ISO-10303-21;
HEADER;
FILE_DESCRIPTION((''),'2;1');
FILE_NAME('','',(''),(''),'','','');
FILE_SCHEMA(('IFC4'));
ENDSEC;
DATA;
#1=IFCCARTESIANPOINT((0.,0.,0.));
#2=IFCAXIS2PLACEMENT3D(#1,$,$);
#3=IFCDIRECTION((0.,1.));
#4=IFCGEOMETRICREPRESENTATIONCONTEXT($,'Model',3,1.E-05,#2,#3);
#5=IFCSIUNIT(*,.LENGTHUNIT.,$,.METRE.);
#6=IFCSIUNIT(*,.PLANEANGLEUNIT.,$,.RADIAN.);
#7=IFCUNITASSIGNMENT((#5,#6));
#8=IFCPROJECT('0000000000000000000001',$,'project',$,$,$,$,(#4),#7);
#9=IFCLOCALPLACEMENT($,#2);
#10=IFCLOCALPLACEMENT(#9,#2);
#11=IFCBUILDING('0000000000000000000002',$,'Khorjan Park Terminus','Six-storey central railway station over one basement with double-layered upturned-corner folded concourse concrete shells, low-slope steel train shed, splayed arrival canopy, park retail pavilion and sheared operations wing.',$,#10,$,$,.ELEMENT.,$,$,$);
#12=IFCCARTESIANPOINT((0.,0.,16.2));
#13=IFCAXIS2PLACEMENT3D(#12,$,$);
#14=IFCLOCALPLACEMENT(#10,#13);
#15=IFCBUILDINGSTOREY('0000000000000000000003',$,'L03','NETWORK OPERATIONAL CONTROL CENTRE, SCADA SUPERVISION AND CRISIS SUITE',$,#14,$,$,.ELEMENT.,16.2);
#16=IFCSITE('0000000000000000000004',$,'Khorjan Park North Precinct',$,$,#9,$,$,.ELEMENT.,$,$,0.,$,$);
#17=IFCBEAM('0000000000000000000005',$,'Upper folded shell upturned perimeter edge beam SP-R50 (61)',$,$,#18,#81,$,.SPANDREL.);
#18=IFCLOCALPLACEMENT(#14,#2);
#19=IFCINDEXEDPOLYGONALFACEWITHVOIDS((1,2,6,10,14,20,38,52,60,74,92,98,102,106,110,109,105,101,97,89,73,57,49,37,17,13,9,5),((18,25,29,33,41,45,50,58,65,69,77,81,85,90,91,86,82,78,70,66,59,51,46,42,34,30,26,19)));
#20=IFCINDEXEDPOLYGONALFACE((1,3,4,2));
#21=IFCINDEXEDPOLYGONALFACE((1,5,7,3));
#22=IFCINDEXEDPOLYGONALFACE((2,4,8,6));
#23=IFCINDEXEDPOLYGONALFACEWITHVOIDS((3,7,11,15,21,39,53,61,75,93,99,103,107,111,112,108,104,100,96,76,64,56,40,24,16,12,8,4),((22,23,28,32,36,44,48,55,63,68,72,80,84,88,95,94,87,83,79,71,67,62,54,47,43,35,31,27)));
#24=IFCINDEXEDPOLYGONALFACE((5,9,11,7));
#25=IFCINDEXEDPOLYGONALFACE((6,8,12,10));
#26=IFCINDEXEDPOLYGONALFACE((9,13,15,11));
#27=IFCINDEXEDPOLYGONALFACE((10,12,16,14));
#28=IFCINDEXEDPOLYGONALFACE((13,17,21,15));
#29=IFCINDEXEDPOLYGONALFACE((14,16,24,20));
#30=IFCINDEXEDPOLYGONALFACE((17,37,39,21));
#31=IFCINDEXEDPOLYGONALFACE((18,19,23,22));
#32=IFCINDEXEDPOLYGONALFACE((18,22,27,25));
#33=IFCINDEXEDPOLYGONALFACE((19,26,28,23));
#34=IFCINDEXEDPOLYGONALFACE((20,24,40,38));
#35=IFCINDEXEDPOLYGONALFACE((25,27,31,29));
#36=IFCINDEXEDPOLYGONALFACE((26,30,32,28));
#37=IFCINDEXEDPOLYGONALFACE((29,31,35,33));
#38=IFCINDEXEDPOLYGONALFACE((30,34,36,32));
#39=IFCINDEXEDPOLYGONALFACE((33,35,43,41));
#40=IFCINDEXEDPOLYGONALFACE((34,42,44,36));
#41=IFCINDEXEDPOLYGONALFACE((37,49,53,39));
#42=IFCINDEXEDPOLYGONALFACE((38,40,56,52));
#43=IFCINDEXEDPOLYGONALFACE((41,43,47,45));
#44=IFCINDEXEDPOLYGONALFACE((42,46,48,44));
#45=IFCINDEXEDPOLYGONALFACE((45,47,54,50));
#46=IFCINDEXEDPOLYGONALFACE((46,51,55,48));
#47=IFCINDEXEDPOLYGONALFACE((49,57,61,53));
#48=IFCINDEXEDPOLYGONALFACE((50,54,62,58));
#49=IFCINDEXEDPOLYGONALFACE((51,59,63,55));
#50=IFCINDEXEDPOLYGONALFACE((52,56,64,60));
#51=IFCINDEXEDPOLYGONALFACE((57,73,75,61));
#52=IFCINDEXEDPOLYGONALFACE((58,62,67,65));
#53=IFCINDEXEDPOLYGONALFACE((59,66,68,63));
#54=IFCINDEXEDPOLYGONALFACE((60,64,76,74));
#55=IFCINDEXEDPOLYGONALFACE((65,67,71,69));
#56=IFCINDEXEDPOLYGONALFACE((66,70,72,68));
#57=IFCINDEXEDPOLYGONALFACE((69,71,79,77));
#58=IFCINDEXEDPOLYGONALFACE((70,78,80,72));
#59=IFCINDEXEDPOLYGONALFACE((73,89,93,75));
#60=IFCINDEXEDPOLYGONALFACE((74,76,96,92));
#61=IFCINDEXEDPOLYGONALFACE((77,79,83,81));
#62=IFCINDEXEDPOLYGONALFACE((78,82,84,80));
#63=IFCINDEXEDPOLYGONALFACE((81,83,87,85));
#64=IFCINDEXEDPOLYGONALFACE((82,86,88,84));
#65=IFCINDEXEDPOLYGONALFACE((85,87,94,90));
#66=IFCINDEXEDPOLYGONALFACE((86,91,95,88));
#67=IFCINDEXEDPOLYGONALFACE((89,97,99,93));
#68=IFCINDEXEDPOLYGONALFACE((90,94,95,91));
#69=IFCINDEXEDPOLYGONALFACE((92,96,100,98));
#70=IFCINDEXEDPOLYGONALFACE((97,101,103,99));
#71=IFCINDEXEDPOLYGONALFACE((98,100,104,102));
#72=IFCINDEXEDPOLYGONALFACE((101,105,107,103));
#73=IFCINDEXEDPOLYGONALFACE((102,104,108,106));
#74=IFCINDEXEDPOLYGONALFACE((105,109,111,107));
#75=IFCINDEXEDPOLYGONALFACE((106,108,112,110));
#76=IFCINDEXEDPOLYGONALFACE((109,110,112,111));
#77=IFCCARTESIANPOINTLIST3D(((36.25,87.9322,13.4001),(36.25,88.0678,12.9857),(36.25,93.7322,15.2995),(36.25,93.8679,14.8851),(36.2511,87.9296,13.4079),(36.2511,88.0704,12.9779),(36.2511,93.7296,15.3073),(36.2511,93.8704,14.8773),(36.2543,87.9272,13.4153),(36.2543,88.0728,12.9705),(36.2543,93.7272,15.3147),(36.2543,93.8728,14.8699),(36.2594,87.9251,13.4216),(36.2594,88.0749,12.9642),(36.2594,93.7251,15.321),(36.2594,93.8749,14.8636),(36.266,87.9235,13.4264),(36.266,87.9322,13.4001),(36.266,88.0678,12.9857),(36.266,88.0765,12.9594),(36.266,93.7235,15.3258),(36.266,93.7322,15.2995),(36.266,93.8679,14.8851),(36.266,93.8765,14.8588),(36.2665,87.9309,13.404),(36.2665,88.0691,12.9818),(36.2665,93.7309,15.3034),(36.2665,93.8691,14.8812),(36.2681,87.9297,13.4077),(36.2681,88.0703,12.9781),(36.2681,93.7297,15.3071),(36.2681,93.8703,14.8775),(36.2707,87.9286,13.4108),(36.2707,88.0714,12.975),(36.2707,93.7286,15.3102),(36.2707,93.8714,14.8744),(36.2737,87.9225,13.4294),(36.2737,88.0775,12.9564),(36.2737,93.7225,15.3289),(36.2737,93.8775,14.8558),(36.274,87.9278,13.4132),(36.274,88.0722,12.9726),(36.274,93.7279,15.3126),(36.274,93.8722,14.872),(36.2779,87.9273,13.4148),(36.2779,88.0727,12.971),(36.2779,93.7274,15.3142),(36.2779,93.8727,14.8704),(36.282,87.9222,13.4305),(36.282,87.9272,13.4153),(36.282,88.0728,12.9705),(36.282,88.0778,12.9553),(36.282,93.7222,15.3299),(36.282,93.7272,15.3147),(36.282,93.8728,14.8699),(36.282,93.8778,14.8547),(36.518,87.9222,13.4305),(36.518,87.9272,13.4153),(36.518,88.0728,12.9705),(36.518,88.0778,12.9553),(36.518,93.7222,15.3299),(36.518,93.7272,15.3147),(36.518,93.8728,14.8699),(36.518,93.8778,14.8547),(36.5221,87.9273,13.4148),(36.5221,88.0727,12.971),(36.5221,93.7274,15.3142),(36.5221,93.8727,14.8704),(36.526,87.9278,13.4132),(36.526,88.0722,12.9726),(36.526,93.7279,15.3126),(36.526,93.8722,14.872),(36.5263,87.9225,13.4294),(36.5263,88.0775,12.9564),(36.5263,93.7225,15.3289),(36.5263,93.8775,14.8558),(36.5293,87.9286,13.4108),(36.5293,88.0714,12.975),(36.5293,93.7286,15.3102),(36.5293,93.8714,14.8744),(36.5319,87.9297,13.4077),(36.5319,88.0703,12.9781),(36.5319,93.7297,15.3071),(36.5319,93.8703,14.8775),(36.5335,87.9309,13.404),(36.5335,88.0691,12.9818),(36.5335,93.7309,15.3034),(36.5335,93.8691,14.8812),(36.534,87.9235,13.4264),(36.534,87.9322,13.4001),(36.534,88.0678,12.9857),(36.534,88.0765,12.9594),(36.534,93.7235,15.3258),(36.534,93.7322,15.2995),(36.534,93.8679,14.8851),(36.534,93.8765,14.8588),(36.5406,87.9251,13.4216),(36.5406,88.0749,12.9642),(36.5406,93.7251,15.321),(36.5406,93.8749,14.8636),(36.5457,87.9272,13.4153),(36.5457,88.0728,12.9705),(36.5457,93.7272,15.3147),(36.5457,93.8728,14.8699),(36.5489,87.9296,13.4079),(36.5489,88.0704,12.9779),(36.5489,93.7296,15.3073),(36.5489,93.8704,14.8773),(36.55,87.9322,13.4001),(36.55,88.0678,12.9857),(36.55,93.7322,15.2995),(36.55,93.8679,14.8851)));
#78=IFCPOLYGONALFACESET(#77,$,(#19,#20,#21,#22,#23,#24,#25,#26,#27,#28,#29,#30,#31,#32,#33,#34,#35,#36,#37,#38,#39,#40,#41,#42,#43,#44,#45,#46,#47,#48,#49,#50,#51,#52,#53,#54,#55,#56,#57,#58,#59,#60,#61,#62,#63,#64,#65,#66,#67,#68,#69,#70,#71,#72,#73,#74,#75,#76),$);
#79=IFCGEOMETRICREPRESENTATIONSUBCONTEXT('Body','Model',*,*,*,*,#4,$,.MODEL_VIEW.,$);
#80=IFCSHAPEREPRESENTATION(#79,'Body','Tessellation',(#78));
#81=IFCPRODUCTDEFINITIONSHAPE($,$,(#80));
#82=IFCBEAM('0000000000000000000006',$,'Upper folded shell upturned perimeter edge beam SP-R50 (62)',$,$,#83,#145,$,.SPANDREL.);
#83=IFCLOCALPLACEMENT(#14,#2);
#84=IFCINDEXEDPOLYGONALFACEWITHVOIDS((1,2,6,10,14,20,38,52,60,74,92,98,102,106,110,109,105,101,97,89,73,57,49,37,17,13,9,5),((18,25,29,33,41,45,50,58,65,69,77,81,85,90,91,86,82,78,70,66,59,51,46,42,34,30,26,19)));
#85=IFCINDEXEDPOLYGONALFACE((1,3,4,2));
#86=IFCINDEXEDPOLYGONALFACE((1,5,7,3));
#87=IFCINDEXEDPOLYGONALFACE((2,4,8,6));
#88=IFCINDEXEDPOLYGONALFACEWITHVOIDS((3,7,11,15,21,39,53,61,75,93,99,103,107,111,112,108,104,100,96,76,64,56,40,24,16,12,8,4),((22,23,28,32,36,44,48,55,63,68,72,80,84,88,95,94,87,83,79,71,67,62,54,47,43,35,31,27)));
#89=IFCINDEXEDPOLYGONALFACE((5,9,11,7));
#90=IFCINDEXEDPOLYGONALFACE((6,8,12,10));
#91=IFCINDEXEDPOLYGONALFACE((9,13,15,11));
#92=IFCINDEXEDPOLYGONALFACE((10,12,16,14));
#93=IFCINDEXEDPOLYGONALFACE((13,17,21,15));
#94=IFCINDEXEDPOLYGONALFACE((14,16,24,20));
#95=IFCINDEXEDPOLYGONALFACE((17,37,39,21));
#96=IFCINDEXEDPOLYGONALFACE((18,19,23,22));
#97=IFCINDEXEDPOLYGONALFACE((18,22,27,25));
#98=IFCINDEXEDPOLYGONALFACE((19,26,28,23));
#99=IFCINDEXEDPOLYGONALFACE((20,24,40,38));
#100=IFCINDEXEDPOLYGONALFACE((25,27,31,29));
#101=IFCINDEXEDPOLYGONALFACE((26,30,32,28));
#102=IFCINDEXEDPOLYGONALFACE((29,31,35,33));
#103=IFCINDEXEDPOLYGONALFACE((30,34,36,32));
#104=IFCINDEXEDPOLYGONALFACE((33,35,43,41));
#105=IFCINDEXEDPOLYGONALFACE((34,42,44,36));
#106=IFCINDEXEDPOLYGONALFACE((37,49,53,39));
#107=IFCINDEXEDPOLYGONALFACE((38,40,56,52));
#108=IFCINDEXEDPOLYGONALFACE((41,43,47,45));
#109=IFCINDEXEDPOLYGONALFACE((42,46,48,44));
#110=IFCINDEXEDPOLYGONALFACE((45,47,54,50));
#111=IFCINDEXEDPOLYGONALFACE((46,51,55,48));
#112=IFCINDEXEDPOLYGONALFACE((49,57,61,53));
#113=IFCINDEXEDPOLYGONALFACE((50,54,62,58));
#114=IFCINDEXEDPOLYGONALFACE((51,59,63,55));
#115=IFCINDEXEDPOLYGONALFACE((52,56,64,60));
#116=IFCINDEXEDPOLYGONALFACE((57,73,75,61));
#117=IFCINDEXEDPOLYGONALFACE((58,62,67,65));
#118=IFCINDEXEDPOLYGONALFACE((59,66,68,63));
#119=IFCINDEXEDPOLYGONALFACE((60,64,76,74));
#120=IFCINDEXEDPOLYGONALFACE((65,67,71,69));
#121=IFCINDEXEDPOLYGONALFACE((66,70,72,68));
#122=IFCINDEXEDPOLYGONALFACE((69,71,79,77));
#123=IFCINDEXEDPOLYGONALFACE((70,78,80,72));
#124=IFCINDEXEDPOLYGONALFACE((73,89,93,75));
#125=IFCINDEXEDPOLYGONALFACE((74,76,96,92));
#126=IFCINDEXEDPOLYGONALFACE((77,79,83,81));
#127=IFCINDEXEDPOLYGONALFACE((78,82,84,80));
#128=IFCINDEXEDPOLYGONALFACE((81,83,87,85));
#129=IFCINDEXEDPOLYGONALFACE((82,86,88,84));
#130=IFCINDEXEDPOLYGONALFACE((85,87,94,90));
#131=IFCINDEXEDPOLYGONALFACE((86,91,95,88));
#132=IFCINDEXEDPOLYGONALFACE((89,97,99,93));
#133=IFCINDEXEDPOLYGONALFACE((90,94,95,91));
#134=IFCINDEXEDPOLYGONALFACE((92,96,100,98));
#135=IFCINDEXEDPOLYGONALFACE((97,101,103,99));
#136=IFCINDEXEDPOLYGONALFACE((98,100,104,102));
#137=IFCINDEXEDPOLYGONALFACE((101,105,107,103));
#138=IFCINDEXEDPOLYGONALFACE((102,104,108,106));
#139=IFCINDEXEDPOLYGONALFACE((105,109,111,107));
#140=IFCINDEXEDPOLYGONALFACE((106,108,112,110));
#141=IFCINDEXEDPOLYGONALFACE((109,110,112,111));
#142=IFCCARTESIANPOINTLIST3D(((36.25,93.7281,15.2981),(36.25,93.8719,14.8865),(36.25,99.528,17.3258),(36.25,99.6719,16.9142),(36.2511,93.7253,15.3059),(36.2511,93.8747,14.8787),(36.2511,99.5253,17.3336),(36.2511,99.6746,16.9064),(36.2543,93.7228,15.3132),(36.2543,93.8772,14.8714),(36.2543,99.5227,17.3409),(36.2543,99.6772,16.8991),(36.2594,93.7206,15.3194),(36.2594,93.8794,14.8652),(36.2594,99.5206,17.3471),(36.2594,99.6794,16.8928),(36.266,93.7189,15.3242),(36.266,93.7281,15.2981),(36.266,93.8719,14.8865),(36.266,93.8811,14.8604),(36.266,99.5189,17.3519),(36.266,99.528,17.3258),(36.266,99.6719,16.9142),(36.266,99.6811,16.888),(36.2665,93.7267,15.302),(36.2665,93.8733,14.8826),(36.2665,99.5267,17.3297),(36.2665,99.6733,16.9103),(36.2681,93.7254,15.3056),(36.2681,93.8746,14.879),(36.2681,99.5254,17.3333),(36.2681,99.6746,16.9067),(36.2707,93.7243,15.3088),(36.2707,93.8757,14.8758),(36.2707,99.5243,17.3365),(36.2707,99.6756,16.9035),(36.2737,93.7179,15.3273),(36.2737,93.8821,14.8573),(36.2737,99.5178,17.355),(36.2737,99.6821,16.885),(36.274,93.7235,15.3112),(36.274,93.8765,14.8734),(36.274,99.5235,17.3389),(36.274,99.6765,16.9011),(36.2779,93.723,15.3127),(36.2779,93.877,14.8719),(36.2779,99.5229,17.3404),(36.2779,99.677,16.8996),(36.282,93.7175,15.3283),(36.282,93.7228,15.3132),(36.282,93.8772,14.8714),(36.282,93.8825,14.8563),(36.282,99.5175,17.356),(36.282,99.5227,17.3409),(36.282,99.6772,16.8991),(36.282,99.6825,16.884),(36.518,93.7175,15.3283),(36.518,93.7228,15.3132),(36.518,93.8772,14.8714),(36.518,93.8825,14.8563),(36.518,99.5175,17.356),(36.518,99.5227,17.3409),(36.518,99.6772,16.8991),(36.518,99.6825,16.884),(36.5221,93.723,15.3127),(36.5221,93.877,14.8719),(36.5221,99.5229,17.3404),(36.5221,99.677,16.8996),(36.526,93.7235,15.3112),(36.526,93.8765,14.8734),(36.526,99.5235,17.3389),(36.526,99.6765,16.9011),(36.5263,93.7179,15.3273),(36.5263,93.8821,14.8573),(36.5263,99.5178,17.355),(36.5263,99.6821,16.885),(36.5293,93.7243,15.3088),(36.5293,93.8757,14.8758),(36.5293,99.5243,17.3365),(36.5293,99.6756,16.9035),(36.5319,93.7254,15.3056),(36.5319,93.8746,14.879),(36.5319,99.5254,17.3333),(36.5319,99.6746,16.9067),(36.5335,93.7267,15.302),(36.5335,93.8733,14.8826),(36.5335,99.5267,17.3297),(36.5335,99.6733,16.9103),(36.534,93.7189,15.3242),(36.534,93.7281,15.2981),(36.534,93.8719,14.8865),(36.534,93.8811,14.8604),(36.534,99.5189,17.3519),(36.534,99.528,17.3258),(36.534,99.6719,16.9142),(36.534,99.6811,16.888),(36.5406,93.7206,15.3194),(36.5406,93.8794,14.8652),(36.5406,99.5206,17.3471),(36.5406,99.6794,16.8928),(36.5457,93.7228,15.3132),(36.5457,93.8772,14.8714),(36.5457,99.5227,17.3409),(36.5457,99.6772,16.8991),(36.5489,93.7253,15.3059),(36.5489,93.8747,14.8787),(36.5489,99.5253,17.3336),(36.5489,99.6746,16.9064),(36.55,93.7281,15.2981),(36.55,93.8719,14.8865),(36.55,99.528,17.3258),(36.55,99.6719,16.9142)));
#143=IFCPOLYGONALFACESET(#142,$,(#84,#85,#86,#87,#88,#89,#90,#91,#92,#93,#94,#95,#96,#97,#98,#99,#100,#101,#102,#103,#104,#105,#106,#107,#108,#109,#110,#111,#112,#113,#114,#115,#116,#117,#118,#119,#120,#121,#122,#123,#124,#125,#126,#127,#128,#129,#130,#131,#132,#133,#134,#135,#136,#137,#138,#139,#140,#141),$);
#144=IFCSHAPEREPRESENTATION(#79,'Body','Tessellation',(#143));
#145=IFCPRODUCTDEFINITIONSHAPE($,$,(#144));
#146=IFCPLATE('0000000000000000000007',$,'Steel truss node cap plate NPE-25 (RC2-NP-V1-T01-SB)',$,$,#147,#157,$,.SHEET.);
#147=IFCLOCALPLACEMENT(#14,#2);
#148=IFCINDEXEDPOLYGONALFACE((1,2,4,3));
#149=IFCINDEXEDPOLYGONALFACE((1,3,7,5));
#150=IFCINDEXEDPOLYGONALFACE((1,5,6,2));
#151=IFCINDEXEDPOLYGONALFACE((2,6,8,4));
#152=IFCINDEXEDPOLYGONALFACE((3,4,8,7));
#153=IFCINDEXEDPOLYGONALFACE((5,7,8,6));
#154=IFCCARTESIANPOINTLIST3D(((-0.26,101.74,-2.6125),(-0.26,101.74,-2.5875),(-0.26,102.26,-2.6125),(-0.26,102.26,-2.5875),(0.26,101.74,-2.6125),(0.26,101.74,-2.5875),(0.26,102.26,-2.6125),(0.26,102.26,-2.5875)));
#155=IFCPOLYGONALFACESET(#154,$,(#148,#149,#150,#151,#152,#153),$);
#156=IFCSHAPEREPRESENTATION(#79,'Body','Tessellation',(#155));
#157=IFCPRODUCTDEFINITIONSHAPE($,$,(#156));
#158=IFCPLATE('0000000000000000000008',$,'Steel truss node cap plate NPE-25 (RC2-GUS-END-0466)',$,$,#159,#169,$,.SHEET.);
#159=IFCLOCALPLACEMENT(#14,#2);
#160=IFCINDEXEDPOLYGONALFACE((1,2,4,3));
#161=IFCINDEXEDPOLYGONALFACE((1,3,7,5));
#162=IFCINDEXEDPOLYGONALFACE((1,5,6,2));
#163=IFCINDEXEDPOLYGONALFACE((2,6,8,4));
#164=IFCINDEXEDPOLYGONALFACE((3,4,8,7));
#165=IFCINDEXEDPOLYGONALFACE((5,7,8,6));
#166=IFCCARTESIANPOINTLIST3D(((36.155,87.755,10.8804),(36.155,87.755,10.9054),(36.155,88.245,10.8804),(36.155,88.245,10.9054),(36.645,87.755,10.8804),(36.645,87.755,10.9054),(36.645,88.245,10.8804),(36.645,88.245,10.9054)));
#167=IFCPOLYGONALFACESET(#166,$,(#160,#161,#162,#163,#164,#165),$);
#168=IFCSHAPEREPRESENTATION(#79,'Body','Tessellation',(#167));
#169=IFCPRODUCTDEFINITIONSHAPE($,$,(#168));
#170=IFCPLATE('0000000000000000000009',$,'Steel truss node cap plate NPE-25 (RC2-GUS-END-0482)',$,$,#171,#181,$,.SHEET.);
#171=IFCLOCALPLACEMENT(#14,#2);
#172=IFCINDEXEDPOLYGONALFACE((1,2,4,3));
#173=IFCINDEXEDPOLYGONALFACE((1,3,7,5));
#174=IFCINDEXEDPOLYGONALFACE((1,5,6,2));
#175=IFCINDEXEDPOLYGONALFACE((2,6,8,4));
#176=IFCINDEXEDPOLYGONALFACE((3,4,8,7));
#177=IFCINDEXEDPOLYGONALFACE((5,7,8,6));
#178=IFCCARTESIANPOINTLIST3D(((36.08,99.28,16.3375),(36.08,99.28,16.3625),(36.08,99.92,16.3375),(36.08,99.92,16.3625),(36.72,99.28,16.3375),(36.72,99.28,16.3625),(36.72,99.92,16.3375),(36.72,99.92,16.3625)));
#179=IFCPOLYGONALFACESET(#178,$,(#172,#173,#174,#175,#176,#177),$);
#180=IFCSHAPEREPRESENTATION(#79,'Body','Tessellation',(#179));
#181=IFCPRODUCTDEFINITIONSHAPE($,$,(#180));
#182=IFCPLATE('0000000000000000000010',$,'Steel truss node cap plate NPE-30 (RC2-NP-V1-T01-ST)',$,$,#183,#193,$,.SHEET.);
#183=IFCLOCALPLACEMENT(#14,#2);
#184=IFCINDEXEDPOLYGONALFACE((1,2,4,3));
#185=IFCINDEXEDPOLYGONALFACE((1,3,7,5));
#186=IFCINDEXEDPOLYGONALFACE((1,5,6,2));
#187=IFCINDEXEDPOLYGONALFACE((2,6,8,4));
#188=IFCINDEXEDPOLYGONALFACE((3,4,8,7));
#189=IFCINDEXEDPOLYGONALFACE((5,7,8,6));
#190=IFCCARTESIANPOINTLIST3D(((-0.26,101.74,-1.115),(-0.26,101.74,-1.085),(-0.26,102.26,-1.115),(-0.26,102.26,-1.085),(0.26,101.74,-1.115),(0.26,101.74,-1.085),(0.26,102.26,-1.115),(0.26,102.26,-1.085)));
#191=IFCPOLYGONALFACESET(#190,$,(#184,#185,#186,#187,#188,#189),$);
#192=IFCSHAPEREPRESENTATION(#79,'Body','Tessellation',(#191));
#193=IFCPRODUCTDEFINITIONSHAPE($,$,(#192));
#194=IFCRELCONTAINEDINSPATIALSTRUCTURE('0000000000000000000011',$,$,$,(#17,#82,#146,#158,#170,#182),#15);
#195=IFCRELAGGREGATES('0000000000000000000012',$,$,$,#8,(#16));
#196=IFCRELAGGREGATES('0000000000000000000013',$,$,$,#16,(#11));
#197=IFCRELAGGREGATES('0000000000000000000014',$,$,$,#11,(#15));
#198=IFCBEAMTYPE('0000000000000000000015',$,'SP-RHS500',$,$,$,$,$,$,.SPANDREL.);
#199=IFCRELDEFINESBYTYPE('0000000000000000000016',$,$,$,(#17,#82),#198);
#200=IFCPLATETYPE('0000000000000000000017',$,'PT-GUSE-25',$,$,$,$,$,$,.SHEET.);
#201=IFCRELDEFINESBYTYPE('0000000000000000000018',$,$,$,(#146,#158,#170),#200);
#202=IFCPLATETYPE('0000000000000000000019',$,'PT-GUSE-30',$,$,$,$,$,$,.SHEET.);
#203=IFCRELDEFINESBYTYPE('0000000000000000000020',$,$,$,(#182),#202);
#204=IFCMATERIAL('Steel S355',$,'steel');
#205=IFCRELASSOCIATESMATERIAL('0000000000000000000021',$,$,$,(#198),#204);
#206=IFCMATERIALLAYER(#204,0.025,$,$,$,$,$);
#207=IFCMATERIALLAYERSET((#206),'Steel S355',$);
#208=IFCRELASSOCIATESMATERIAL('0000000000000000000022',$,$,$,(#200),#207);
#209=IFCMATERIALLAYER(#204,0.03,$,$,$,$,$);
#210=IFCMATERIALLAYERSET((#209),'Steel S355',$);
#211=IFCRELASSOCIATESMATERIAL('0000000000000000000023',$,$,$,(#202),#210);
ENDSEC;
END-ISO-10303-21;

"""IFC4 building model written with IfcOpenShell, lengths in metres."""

from ifc_helpers import new_model, si_unit, direction, frame, origin, origin_2d, place, context, subcontext, project, spatial, rectangle, hollow_rectangle, extrude, material, layer, layer_set, material_profile, profile_set, type_object, element, save


model = new_model("IFC4")

# Units and contexts
model_context = context("Model", 3, precision=1e-05, world=origin(), true_north=direction((0.0, 1.0)))
body_context = subcontext(model_context, "Body", "Model", "MODEL_VIEW")
ifc_project = project(units=[si_unit("LENGTHUNIT", "METRE"), si_unit("PLANEANGLEUNIT", "RADIAN")], contexts=[model_context])

# Site, building, storey
site_placement = place(None, origin())
site = spatial("IfcSite", under=ifc_project, at=site_placement, Name="Khorjan Park North Precinct", CompositionType="ELEMENT", RefElevation=0.0)
building_placement = place(site_placement, origin())
building = spatial("IfcBuilding", under=site, at=building_placement, Name="Khorjan Park Terminus", Description="Six-storey central railway station over one basement with double-layered upturned-corner folded concourse concrete shells, low-slope steel train shed, splayed arrival canopy, park retail pavilion and sheared operations wing.", CompositionType="ELEMENT")
storey_placement = place(building_placement, frame((0.0, 0.0, 16.2)))
storey = spatial("IfcBuildingStorey", under=building, at=storey_placement, Name="L03", Description="NETWORK OPERATIONAL CONTROL CENTRE, SCADA SUPERVISION AND CRISIS SUITE", CompositionType="ELEMENT", Elevation=16.2)

# Shared definitions
ifc_material = material(Name="Steel S355", Category="steel")

# Beams
ifc_material_profile_1 = material_profile(ifc_material, hollow_rectangle(XDim=0.3, YDim=0.5, WallThickness=0.016, InnerFilletRadius=0.016, OuterFilletRadius=0.032, at=origin_2d()), Name="RHS 500x300x16")
ifc_profile_set_1 = profile_set([ifc_material_profile_1], Name="Steel S355")
beam_type_1 = type_object("IfcBeamType", Name="SP-RHS500", PredefinedType="SPANDREL", material=ifc_profile_set_1)
beam_1_placement = place(storey_placement, frame((36.4, 88.0, 13.1929), z_axis=(0.0, 0.950338, 0.311219), x_axis=(-1.0, 0.0, 0.0)))
element("IfcBeam", 1, at=beam_1_placement, inside=storey, type_object=beam_type_1, Name="Upper folded shell upturned perimeter edge beam SP-R50 (61)", PredefinedType="SPANDREL", context=body_context, shape_type="SweptSolid", body=[
    extrude(hollow_rectangle(XDim=0.3, YDim=0.5, WallThickness=0.016, InnerFilletRadius=0.016, OuterFilletRadius=0.032, at=origin_2d()), origin(), (0.0, 0.0, 1.0), 6.1031),
])
beam_2_placement = place(storey_placement, frame((36.4, 93.8, 15.0923), z_axis=(0.0, 0.943975, 0.330017), x_axis=(-1.0, 0.0, 0.0)))
element("IfcBeam", 2, at=beam_2_placement, inside=storey, type_object=beam_type_1, Name="Upper folded shell upturned perimeter edge beam SP-R50 (62)", PredefinedType="SPANDREL", context=body_context, shape_type="SweptSolid", body=[
    extrude(hollow_rectangle(XDim=0.3, YDim=0.5, WallThickness=0.016, InnerFilletRadius=0.016, OuterFilletRadius=0.032, at=origin_2d()), origin(), (0.0, 0.0, 1.0), 6.1442),
])

# Plates
ifc_layer_1 = layer(ifc_material, 0.025)
ifc_layer_set_1 = layer_set([ifc_layer_1], Name="Steel S355")
plate_type_1 = type_object("IfcPlateType", Name="PT-GUSE-25", PredefinedType="SHEET", material=ifc_layer_set_1)
plate_1_placement = place(storey_placement, frame((0.0, 102.0, -2.6125), z_axis=(0.0, 0.0, 1.0), x_axis=(1.0, 0.0, 0.0)))
element("IfcPlate", 3, at=plate_1_placement, inside=storey, type_object=plate_type_1, Name="Steel truss node cap plate NPE-25 (RC2-NP-V1-T01-SB)", PredefinedType="SHEET", context=body_context, shape_type="SweptSolid", body=[
    extrude(rectangle(XDim=0.52, YDim=0.52, at=origin_2d()), origin(), (0.0, 0.0, 1.0), 0.025),
])
plate_2_placement = place(storey_placement, frame((36.4, 88.0, 10.8804), z_axis=(0.0, 0.0, 1.0), x_axis=(1.0, 0.0, 0.0)))
element("IfcPlate", 4, at=plate_2_placement, inside=storey, type_object=plate_type_1, Name="Steel truss node cap plate NPE-25 (RC2-GUS-END-0466)", PredefinedType="SHEET", context=body_context, shape_type="SweptSolid", body=[
    extrude(rectangle(XDim=0.49, YDim=0.49, at=origin_2d()), origin(), (0.0, 0.0, 1.0), 0.025),
])
plate_3_placement = place(storey_placement, frame((36.4, 99.6, 16.3375), z_axis=(0.0, 0.0, 1.0), x_axis=(1.0, 0.0, 0.0)))
element("IfcPlate", 5, at=plate_3_placement, inside=storey, type_object=plate_type_1, Name="Steel truss node cap plate NPE-25 (RC2-GUS-END-0482)", PredefinedType="SHEET", context=body_context, shape_type="SweptSolid", body=[
    extrude(rectangle(XDim=0.64, YDim=0.64, at=origin_2d()), origin(), (0.0, 0.0, 1.0), 0.025),
])
ifc_layer_2 = layer(ifc_material, 0.03)
ifc_layer_set_2 = layer_set([ifc_layer_2], Name="Steel S355")
plate_type_2 = type_object("IfcPlateType", Name="PT-GUSE-30", PredefinedType="SHEET", material=ifc_layer_set_2)
for number, where, z_axis, x_axis, name in (
    (6, (0.0, 102.0, -1.115), (0.0, 0.0, 1.0), (1.0, 0.0, 0.0), "Steel truss node cap plate NPE-30 (RC2-NP-V1-T01-ST)"),
):
    element("IfcPlate", number, at=place(storey_placement, frame(where, z_axis=z_axis, x_axis=x_axis)), inside=storey, type_object=plate_type_2, Name=name, PredefinedType="SHEET", context=body_context, shape_type="SweptSolid", body=[
        extrude(rectangle(XDim=0.52, YDim=0.52, at=origin_2d()), origin(), (0.0, 0.0, 1.0), 0.03),
    ])

save(model, "model.ifc")
